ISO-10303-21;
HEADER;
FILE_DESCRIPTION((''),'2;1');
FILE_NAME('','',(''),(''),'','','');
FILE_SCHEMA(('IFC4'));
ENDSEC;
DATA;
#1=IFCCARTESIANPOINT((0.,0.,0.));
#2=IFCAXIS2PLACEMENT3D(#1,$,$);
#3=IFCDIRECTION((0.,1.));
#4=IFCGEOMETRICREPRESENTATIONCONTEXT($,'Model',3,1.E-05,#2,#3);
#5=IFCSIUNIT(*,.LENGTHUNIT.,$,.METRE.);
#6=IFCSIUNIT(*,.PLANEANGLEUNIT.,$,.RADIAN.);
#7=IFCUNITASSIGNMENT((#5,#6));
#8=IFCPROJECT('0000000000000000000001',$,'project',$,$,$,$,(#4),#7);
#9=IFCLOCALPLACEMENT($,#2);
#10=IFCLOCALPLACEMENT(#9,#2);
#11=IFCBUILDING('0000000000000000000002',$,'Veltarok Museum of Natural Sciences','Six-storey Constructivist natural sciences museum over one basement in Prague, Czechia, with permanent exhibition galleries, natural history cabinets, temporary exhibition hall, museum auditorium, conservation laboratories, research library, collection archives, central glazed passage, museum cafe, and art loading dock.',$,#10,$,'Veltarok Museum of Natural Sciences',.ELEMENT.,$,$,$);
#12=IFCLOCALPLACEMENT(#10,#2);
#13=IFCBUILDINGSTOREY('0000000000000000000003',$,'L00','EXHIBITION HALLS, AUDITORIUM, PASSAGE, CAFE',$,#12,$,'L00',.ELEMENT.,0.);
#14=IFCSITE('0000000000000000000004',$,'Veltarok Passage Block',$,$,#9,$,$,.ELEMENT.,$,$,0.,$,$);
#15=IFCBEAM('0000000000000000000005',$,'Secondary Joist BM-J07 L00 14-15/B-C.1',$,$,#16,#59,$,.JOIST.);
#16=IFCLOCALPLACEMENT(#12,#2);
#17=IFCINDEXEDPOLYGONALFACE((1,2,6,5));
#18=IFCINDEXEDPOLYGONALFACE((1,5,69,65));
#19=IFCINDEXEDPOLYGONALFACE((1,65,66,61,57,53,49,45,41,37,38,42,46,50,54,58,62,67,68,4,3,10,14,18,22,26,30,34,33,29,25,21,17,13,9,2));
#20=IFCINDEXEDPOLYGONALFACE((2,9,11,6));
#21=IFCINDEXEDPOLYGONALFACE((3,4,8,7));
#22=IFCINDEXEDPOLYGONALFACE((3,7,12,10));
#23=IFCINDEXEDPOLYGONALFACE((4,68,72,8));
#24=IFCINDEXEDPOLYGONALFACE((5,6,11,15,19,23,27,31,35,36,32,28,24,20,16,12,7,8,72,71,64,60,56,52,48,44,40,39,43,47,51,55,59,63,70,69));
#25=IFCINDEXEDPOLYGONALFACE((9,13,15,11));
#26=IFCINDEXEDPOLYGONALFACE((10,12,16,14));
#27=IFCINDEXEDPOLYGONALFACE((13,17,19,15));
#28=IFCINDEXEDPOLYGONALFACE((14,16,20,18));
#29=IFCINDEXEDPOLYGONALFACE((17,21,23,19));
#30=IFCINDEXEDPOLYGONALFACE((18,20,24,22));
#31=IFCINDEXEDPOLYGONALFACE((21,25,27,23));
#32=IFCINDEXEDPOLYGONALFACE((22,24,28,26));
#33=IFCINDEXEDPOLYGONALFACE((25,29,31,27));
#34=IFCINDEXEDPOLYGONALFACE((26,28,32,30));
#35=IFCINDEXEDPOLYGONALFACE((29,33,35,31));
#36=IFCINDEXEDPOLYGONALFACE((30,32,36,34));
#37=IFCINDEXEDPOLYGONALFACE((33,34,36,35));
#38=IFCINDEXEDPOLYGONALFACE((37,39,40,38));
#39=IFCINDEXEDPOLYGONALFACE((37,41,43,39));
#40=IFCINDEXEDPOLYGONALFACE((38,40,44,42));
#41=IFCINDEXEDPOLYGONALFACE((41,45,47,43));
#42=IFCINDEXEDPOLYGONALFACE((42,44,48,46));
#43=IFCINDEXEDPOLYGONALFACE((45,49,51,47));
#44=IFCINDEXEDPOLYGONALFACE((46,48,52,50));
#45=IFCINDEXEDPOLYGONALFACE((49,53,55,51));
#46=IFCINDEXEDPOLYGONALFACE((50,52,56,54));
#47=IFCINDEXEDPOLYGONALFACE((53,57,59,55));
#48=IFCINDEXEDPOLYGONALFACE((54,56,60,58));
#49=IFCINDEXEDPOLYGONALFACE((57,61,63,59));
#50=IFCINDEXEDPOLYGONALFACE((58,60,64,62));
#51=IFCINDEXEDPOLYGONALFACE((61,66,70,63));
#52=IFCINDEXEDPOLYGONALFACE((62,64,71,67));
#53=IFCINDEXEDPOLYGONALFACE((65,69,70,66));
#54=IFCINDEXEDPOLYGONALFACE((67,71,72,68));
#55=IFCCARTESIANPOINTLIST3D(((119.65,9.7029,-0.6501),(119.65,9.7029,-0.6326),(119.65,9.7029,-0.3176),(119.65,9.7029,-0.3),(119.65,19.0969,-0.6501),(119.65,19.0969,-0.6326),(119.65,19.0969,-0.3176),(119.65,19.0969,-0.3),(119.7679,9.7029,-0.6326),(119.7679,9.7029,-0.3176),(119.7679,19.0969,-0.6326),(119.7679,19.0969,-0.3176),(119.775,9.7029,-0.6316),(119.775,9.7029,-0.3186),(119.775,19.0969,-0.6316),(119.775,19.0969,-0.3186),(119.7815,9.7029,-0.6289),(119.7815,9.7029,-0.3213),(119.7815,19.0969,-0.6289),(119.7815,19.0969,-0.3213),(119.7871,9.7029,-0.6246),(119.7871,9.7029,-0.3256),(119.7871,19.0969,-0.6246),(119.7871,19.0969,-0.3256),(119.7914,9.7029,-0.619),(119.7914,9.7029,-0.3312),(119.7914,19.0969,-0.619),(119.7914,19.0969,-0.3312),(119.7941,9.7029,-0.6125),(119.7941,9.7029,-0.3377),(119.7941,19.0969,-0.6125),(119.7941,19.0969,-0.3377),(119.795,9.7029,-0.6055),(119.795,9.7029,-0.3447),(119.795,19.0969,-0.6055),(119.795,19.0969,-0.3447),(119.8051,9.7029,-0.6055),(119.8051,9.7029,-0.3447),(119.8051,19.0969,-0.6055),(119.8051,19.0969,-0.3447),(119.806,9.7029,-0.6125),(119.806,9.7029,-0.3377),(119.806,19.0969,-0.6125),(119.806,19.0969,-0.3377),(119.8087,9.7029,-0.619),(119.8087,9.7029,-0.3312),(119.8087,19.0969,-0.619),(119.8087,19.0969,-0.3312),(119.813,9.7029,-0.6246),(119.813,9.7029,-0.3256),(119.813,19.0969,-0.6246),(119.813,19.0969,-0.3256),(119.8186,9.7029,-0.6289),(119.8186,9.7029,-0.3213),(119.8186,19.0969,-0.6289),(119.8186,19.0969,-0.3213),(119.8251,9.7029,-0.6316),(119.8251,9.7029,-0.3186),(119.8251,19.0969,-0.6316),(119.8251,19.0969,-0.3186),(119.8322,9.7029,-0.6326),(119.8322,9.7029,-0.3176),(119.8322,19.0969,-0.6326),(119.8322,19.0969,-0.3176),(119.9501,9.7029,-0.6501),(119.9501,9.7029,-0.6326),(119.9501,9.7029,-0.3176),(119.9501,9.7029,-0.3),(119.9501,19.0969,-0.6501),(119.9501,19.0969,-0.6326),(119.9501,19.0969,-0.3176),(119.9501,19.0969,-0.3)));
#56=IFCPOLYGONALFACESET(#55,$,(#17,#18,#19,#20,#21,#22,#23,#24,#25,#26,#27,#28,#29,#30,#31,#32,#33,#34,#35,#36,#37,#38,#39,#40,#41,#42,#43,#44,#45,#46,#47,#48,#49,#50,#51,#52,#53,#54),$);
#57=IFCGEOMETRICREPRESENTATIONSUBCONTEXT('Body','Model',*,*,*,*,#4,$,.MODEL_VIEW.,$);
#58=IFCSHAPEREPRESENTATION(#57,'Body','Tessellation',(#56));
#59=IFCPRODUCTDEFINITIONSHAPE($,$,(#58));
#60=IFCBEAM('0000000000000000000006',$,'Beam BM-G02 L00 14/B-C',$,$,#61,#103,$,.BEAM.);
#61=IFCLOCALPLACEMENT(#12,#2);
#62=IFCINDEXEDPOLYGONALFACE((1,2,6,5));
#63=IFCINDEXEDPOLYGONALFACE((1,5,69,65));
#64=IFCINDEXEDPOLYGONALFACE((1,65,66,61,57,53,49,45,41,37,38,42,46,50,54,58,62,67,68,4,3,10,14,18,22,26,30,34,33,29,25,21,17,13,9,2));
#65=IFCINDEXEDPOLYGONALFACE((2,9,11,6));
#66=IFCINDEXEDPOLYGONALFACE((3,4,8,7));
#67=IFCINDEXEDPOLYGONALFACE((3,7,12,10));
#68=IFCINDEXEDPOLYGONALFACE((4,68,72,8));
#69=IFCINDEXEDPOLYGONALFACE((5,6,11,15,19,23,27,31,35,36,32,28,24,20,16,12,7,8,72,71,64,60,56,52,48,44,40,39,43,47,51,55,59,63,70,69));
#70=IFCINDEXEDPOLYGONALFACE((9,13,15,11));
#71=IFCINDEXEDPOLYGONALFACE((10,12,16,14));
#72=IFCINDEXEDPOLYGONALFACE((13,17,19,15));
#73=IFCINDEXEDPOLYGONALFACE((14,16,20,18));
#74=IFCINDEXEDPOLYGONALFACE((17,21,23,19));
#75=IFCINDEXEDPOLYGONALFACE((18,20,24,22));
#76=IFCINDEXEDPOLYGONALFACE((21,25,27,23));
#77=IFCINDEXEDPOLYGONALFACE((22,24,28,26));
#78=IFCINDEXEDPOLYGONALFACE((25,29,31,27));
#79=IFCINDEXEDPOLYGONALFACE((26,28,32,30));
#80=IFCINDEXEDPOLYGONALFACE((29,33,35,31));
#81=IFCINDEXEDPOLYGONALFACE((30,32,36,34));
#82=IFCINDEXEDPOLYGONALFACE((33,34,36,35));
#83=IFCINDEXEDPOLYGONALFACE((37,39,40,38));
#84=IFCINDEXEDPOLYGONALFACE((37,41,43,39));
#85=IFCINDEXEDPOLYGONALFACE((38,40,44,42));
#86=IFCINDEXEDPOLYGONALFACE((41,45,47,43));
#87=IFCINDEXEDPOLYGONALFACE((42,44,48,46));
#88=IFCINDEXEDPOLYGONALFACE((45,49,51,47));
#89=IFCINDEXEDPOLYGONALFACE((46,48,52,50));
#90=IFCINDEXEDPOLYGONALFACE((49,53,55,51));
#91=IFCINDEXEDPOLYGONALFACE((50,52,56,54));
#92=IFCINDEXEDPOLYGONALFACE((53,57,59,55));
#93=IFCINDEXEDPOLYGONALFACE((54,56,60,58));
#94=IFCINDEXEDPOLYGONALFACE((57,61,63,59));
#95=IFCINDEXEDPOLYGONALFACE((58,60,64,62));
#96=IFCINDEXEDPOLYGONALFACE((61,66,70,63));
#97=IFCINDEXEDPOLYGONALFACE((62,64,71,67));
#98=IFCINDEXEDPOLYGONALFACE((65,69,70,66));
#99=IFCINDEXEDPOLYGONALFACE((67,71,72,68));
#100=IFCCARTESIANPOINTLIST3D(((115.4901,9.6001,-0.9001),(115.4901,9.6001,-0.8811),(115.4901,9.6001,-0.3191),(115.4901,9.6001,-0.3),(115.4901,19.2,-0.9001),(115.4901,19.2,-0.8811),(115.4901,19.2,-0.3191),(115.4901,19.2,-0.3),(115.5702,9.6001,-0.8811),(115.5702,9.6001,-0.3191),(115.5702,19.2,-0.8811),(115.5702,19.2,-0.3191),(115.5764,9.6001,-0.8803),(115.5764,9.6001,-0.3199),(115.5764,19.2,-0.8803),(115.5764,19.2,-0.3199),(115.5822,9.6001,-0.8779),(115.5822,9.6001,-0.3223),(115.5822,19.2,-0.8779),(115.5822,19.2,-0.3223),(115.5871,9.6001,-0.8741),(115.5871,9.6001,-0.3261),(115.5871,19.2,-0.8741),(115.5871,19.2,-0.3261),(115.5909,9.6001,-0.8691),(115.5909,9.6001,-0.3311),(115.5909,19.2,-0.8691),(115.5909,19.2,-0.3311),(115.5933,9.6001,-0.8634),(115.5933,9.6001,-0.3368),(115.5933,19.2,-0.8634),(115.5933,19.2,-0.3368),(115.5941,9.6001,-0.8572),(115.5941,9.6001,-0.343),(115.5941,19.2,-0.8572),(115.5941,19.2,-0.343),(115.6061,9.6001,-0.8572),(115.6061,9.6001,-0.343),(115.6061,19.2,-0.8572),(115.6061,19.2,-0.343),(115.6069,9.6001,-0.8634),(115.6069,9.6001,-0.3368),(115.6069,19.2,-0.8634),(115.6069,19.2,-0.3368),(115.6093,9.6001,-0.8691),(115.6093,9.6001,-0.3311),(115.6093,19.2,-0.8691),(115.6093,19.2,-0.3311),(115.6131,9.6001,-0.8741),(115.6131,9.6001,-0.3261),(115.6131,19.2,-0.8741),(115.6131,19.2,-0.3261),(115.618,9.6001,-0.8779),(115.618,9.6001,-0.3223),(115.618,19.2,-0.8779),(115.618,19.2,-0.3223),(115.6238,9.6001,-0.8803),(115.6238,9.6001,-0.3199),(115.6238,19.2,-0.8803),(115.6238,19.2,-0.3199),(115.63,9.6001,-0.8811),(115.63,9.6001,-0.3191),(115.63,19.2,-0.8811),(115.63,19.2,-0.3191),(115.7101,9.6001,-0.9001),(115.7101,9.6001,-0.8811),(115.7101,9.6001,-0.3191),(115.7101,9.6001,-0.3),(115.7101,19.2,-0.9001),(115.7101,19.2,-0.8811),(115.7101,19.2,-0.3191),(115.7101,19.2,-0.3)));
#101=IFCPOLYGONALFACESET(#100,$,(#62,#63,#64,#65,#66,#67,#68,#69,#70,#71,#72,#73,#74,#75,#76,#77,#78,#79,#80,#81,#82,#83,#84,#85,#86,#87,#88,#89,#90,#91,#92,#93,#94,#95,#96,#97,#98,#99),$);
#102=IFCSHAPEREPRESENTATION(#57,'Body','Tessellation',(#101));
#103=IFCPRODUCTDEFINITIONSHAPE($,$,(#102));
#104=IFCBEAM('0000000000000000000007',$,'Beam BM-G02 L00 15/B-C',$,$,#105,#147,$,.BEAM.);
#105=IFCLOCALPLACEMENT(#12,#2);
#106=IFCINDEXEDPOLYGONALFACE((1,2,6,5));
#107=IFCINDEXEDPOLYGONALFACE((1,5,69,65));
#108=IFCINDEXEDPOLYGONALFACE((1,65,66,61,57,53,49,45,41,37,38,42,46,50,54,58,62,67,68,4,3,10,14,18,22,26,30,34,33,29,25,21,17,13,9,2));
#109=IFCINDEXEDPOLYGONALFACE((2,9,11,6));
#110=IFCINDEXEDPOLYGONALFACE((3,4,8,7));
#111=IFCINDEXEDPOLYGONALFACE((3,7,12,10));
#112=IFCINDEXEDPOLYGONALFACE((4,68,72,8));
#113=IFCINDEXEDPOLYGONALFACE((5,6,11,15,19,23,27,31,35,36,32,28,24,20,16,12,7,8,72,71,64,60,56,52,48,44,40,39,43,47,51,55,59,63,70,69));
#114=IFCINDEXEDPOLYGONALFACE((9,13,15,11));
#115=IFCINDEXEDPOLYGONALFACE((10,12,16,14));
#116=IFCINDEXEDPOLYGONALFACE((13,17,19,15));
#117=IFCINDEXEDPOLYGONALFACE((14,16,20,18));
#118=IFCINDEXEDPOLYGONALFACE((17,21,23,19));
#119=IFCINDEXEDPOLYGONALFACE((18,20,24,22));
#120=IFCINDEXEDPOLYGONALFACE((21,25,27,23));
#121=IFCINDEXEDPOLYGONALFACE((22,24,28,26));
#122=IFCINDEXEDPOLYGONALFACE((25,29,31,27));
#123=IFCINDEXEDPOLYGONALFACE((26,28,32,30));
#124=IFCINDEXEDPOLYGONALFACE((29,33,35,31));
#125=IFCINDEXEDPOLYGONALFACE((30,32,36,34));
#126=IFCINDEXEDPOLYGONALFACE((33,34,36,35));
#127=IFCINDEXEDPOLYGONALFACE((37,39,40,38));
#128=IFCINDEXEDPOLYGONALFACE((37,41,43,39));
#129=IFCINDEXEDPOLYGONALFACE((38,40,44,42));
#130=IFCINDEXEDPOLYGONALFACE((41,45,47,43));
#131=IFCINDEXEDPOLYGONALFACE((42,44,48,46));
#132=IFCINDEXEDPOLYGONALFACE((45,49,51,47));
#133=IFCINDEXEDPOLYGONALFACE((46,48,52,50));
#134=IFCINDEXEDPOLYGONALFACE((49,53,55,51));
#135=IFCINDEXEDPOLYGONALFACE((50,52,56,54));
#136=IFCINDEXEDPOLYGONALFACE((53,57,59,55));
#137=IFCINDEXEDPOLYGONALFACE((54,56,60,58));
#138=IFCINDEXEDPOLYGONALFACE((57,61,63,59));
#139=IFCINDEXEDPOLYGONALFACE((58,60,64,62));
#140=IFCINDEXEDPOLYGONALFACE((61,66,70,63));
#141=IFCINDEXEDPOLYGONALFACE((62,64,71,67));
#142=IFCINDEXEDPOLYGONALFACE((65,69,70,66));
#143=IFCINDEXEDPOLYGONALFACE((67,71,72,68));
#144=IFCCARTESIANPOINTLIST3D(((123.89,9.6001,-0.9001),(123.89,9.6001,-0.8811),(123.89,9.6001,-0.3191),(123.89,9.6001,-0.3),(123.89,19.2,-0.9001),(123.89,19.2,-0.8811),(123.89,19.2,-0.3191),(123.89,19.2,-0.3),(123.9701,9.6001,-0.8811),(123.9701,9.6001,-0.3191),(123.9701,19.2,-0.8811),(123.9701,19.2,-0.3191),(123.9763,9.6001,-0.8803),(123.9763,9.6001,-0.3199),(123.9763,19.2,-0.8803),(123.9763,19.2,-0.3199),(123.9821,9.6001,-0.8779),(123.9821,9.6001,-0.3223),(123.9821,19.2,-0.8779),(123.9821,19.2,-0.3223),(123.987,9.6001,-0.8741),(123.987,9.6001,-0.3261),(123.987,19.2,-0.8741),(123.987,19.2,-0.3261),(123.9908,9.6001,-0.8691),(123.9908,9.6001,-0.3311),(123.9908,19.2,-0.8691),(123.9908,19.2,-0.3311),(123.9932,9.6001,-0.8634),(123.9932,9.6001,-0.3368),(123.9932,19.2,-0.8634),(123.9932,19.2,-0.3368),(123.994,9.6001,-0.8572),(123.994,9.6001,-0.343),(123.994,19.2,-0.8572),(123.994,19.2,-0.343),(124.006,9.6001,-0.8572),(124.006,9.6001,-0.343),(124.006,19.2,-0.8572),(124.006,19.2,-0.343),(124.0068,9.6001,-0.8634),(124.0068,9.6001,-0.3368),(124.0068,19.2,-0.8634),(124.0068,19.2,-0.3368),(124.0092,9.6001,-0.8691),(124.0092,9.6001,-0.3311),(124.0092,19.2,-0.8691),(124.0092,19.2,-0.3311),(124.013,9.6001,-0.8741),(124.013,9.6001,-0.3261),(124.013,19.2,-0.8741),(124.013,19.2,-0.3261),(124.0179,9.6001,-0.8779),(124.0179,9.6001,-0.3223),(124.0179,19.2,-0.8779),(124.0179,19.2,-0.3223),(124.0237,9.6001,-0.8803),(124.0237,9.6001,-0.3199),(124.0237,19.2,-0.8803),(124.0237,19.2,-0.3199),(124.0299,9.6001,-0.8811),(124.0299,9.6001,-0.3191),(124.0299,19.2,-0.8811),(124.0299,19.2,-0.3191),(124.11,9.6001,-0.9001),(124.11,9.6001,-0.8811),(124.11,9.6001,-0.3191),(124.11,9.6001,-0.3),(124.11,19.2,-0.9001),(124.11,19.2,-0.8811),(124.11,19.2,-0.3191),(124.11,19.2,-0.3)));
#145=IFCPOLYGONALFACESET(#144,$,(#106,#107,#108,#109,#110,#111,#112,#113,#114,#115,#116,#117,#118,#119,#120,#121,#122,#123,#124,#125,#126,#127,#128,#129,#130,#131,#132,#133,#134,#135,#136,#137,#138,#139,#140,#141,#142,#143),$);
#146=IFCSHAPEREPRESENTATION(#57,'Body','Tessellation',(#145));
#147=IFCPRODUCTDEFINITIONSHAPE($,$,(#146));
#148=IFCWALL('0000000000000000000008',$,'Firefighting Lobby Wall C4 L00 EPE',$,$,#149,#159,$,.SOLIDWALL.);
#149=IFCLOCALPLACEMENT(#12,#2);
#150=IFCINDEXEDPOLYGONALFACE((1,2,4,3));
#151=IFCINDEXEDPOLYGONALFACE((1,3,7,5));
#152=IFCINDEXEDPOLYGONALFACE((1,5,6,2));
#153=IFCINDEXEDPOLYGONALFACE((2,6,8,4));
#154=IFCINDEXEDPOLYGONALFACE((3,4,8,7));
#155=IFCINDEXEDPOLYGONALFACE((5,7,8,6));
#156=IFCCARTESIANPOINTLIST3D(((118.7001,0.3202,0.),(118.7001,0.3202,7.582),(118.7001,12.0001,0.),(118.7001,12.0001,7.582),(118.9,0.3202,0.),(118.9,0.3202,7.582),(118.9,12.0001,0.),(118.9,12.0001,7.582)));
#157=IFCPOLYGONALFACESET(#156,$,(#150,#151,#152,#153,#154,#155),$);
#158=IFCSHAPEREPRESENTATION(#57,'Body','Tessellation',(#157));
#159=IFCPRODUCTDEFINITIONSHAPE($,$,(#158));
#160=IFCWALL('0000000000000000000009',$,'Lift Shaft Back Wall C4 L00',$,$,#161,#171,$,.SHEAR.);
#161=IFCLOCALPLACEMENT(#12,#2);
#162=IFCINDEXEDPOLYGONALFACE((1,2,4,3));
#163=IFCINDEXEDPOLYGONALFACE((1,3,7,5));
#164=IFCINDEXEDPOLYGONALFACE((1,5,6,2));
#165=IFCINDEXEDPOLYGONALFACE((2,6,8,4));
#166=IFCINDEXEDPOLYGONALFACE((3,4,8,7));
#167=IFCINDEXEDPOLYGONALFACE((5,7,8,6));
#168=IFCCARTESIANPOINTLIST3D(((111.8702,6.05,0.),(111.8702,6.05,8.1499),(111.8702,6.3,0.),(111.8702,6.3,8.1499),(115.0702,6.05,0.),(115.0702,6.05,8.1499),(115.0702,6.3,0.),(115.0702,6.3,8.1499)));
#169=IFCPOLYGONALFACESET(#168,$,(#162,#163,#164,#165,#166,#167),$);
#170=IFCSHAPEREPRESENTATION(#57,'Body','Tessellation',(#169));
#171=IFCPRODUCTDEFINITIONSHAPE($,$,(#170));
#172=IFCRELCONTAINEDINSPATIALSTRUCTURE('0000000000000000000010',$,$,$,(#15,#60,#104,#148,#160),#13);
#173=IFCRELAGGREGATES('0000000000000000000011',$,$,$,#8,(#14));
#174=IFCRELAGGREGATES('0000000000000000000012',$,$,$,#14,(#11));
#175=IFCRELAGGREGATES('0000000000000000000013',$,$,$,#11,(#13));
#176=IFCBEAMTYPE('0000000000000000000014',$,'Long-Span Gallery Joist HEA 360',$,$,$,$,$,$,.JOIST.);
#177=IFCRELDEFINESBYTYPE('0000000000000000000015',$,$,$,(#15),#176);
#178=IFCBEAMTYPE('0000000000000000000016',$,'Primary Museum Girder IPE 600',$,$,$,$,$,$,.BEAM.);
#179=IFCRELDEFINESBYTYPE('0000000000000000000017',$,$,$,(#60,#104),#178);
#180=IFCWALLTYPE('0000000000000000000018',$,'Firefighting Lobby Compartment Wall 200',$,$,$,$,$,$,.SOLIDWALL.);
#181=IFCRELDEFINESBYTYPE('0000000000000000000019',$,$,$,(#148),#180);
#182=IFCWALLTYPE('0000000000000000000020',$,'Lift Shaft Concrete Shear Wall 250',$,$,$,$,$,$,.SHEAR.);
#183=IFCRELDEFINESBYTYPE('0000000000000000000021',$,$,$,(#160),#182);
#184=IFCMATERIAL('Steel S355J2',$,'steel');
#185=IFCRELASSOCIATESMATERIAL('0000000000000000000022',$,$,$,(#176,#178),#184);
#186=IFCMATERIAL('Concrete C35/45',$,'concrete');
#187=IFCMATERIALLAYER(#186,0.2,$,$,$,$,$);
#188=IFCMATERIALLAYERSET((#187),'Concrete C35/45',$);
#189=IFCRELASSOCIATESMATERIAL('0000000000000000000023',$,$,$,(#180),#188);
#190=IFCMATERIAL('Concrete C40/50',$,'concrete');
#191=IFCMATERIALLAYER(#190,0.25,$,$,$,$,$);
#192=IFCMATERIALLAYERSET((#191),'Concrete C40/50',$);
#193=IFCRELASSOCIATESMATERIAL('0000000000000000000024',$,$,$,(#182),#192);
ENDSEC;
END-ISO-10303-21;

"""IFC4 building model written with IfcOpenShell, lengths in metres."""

from ifc_helpers import new_model, si_unit, direction, frame, frame_2d, origin, origin_2d, place, context, subcontext, project, spatial, rectangle, i_section, extrude, material, layer, layer_set, material_profile, profile_set, type_object, element, save


model = new_model("IFC4")

# Units and contexts
model_context = context("Model", 3, precision=1e-05, world=origin(), true_north=direction((0.0, 1.0)))
body_context = subcontext(model_context, "Body", "Model", "MODEL_VIEW")
ifc_project = project(units=[si_unit("LENGTHUNIT", "METRE"), si_unit("PLANEANGLEUNIT", "RADIAN")], contexts=[model_context])

# Site, building, storey
site_placement = place(None, origin())
site = spatial("IfcSite", under=ifc_project, at=site_placement, Name="Veltarok Passage Block", CompositionType="ELEMENT", RefElevation=0.0)
building_placement = place(site_placement, origin())
building = spatial("IfcBuilding", under=site, at=building_placement, Name="Veltarok Museum of Natural Sciences", Description="Six-storey Constructivist natural sciences museum over one basement in Prague, Czechia, with permanent exhibition galleries, natural history cabinets, temporary exhibition hall, museum auditorium, conservation laboratories, research library, collection archives, central glazed passage, museum cafe, and art loading dock.", LongName="Veltarok Museum of Natural Sciences", CompositionType="ELEMENT")
storey_placement = place(building_placement, origin())
storey = spatial("IfcBuildingStorey", under=building, at=storey_placement, Name="L00", Description="EXHIBITION HALLS, AUDITORIUM, PASSAGE, CAFE", LongName="L00", CompositionType="ELEMENT", Elevation=0.0)

# Shared definitions
ifc_material_1 = material(Name="Concrete C40/50", Category="concrete")

# Beams
ifc_material_2 = material(Name="Steel S355J2", Category="steel")
ifc_material_profile_1 = material_profile(ifc_material_2, i_section(OverallWidth=0.3, OverallDepth=0.3501, WebThickness=0.01, FlangeThickness=0.0176, FilletRadius=0.0271, at=origin_2d()), Name="HEA 360")
ifc_profile_set_1 = profile_set([ifc_material_profile_1], Name="Steel S355J2")
beam_type_1 = type_object("IfcBeamType", Name="Long-Span Gallery Joist HEA 360", PredefinedType="JOIST", material=ifc_profile_set_1)
beam_1_placement = place(storey_placement, frame((119.8, 9.7029, -0.4751), z_axis=(0.0, 1.0, 0.0), x_axis=(-1.0, 0.0, 0.0)))
element("IfcBeam", 1, at=beam_1_placement, inside=storey, type_object=beam_type_1, Name="Secondary Joist BM-J07 L00 14-15/B-C.1", PredefinedType="JOIST", context=body_context, shape_type="SweptSolid", body=[
    extrude(i_section(OverallWidth=0.3, OverallDepth=0.3501, WebThickness=0.01, FlangeThickness=0.0176, FilletRadius=0.0271, at=origin_2d()), origin(), (0.0, 0.0, 1.0), 9.394),
])
ifc_material_profile_2 = material_profile(ifc_material_2, i_section(OverallWidth=0.22, OverallDepth=0.6001, WebThickness=0.012, FlangeThickness=0.019, FilletRadius=0.0239, at=origin_2d()), Name="IPE 600")
ifc_profile_set_2 = profile_set([ifc_material_profile_2], Name="Steel S355J2")
beam_type_2 = type_object("IfcBeamType", Name="Primary Museum Girder IPE 600", PredefinedType="BEAM", material=ifc_profile_set_2)
for number, where, z_axis, x_axis, name in (
    (2, (115.6001, 9.6001, -0.6001), (0.0, 1.0, 0.0), (-1.0, 0.0, 0.0), "Beam BM-G02 L00 14/B-C"),
    (3, (124.0, 9.6001, -0.6001), (0.0, 1.0, 0.0), (-1.0, 0.0, 0.0), "Beam BM-G02 L00 15/B-C"),
):
    element("IfcBeam", number, at=place(storey_placement, frame(where, z_axis=z_axis, x_axis=x_axis)), inside=storey, type_object=beam_type_2, Name=name, PredefinedType="BEAM", context=body_context, shape_type="SweptSolid", body=[
        extrude(i_section(OverallWidth=0.22, OverallDepth=0.6001, WebThickness=0.012, FlangeThickness=0.019, FilletRadius=0.0239, at=origin_2d()), origin(), (0.0, 0.0, 1.0), 9.5999),
    ])

# Walls
ifc_material_3 = material(Name="Concrete C35/45", Category="concrete")
ifc_layer_1 = layer(ifc_material_3, 0.2)
ifc_layer_set_1 = layer_set([ifc_layer_1], Name="Concrete C35/45")
wall_type_1 = type_object("IfcWallType", Name="Firefighting Lobby Compartment Wall 200", PredefinedType="SOLIDWALL", material=ifc_layer_set_1)
wall_1_placement = place(storey_placement, frame((118.8, 12.0, 0.0), z_axis=(0.0, 0.0, 1.0), x_axis=(0.0, -1.0, 0.0)))
element("IfcWall", 4, at=wall_1_placement, inside=storey, type_object=wall_type_1, Name="Firefighting Lobby Wall C4 L00 EPE", PredefinedType="SOLIDWALL", context=body_context, shape_type="SweptSolid", body=[
    extrude(rectangle(XDim=11.6799, YDim=0.2, at=frame_2d((5.8398, 0.0))), origin(), (0.0, 0.0, 1.0), 7.582),
])
ifc_layer_2 = layer(ifc_material_1, 0.25)
ifc_layer_set_2 = layer_set([ifc_layer_2], Name="Concrete C40/50")
wall_type_2 = type_object("IfcWallType", Name="Lift Shaft Concrete Shear Wall 250", PredefinedType="SHEAR", material=ifc_layer_set_2)
wall_2_placement = place(storey_placement, frame((111.8701, 6.175, 0.0), z_axis=(0.0, 0.0, 1.0), x_axis=(1.0, 0.0, 0.0)))
element("IfcWall", 5, at=wall_2_placement, inside=storey, type_object=wall_type_2, Name="Lift Shaft Back Wall C4 L00", PredefinedType="SHEAR", context=body_context, shape_type="SweptSolid", body=[
    extrude(rectangle(XDim=3.2, YDim=0.25, at=frame_2d((1.6001, 0.0))), origin(), (0.0, 0.0, 1.0), 8.1499),
])

save(model, "model.ifc")
